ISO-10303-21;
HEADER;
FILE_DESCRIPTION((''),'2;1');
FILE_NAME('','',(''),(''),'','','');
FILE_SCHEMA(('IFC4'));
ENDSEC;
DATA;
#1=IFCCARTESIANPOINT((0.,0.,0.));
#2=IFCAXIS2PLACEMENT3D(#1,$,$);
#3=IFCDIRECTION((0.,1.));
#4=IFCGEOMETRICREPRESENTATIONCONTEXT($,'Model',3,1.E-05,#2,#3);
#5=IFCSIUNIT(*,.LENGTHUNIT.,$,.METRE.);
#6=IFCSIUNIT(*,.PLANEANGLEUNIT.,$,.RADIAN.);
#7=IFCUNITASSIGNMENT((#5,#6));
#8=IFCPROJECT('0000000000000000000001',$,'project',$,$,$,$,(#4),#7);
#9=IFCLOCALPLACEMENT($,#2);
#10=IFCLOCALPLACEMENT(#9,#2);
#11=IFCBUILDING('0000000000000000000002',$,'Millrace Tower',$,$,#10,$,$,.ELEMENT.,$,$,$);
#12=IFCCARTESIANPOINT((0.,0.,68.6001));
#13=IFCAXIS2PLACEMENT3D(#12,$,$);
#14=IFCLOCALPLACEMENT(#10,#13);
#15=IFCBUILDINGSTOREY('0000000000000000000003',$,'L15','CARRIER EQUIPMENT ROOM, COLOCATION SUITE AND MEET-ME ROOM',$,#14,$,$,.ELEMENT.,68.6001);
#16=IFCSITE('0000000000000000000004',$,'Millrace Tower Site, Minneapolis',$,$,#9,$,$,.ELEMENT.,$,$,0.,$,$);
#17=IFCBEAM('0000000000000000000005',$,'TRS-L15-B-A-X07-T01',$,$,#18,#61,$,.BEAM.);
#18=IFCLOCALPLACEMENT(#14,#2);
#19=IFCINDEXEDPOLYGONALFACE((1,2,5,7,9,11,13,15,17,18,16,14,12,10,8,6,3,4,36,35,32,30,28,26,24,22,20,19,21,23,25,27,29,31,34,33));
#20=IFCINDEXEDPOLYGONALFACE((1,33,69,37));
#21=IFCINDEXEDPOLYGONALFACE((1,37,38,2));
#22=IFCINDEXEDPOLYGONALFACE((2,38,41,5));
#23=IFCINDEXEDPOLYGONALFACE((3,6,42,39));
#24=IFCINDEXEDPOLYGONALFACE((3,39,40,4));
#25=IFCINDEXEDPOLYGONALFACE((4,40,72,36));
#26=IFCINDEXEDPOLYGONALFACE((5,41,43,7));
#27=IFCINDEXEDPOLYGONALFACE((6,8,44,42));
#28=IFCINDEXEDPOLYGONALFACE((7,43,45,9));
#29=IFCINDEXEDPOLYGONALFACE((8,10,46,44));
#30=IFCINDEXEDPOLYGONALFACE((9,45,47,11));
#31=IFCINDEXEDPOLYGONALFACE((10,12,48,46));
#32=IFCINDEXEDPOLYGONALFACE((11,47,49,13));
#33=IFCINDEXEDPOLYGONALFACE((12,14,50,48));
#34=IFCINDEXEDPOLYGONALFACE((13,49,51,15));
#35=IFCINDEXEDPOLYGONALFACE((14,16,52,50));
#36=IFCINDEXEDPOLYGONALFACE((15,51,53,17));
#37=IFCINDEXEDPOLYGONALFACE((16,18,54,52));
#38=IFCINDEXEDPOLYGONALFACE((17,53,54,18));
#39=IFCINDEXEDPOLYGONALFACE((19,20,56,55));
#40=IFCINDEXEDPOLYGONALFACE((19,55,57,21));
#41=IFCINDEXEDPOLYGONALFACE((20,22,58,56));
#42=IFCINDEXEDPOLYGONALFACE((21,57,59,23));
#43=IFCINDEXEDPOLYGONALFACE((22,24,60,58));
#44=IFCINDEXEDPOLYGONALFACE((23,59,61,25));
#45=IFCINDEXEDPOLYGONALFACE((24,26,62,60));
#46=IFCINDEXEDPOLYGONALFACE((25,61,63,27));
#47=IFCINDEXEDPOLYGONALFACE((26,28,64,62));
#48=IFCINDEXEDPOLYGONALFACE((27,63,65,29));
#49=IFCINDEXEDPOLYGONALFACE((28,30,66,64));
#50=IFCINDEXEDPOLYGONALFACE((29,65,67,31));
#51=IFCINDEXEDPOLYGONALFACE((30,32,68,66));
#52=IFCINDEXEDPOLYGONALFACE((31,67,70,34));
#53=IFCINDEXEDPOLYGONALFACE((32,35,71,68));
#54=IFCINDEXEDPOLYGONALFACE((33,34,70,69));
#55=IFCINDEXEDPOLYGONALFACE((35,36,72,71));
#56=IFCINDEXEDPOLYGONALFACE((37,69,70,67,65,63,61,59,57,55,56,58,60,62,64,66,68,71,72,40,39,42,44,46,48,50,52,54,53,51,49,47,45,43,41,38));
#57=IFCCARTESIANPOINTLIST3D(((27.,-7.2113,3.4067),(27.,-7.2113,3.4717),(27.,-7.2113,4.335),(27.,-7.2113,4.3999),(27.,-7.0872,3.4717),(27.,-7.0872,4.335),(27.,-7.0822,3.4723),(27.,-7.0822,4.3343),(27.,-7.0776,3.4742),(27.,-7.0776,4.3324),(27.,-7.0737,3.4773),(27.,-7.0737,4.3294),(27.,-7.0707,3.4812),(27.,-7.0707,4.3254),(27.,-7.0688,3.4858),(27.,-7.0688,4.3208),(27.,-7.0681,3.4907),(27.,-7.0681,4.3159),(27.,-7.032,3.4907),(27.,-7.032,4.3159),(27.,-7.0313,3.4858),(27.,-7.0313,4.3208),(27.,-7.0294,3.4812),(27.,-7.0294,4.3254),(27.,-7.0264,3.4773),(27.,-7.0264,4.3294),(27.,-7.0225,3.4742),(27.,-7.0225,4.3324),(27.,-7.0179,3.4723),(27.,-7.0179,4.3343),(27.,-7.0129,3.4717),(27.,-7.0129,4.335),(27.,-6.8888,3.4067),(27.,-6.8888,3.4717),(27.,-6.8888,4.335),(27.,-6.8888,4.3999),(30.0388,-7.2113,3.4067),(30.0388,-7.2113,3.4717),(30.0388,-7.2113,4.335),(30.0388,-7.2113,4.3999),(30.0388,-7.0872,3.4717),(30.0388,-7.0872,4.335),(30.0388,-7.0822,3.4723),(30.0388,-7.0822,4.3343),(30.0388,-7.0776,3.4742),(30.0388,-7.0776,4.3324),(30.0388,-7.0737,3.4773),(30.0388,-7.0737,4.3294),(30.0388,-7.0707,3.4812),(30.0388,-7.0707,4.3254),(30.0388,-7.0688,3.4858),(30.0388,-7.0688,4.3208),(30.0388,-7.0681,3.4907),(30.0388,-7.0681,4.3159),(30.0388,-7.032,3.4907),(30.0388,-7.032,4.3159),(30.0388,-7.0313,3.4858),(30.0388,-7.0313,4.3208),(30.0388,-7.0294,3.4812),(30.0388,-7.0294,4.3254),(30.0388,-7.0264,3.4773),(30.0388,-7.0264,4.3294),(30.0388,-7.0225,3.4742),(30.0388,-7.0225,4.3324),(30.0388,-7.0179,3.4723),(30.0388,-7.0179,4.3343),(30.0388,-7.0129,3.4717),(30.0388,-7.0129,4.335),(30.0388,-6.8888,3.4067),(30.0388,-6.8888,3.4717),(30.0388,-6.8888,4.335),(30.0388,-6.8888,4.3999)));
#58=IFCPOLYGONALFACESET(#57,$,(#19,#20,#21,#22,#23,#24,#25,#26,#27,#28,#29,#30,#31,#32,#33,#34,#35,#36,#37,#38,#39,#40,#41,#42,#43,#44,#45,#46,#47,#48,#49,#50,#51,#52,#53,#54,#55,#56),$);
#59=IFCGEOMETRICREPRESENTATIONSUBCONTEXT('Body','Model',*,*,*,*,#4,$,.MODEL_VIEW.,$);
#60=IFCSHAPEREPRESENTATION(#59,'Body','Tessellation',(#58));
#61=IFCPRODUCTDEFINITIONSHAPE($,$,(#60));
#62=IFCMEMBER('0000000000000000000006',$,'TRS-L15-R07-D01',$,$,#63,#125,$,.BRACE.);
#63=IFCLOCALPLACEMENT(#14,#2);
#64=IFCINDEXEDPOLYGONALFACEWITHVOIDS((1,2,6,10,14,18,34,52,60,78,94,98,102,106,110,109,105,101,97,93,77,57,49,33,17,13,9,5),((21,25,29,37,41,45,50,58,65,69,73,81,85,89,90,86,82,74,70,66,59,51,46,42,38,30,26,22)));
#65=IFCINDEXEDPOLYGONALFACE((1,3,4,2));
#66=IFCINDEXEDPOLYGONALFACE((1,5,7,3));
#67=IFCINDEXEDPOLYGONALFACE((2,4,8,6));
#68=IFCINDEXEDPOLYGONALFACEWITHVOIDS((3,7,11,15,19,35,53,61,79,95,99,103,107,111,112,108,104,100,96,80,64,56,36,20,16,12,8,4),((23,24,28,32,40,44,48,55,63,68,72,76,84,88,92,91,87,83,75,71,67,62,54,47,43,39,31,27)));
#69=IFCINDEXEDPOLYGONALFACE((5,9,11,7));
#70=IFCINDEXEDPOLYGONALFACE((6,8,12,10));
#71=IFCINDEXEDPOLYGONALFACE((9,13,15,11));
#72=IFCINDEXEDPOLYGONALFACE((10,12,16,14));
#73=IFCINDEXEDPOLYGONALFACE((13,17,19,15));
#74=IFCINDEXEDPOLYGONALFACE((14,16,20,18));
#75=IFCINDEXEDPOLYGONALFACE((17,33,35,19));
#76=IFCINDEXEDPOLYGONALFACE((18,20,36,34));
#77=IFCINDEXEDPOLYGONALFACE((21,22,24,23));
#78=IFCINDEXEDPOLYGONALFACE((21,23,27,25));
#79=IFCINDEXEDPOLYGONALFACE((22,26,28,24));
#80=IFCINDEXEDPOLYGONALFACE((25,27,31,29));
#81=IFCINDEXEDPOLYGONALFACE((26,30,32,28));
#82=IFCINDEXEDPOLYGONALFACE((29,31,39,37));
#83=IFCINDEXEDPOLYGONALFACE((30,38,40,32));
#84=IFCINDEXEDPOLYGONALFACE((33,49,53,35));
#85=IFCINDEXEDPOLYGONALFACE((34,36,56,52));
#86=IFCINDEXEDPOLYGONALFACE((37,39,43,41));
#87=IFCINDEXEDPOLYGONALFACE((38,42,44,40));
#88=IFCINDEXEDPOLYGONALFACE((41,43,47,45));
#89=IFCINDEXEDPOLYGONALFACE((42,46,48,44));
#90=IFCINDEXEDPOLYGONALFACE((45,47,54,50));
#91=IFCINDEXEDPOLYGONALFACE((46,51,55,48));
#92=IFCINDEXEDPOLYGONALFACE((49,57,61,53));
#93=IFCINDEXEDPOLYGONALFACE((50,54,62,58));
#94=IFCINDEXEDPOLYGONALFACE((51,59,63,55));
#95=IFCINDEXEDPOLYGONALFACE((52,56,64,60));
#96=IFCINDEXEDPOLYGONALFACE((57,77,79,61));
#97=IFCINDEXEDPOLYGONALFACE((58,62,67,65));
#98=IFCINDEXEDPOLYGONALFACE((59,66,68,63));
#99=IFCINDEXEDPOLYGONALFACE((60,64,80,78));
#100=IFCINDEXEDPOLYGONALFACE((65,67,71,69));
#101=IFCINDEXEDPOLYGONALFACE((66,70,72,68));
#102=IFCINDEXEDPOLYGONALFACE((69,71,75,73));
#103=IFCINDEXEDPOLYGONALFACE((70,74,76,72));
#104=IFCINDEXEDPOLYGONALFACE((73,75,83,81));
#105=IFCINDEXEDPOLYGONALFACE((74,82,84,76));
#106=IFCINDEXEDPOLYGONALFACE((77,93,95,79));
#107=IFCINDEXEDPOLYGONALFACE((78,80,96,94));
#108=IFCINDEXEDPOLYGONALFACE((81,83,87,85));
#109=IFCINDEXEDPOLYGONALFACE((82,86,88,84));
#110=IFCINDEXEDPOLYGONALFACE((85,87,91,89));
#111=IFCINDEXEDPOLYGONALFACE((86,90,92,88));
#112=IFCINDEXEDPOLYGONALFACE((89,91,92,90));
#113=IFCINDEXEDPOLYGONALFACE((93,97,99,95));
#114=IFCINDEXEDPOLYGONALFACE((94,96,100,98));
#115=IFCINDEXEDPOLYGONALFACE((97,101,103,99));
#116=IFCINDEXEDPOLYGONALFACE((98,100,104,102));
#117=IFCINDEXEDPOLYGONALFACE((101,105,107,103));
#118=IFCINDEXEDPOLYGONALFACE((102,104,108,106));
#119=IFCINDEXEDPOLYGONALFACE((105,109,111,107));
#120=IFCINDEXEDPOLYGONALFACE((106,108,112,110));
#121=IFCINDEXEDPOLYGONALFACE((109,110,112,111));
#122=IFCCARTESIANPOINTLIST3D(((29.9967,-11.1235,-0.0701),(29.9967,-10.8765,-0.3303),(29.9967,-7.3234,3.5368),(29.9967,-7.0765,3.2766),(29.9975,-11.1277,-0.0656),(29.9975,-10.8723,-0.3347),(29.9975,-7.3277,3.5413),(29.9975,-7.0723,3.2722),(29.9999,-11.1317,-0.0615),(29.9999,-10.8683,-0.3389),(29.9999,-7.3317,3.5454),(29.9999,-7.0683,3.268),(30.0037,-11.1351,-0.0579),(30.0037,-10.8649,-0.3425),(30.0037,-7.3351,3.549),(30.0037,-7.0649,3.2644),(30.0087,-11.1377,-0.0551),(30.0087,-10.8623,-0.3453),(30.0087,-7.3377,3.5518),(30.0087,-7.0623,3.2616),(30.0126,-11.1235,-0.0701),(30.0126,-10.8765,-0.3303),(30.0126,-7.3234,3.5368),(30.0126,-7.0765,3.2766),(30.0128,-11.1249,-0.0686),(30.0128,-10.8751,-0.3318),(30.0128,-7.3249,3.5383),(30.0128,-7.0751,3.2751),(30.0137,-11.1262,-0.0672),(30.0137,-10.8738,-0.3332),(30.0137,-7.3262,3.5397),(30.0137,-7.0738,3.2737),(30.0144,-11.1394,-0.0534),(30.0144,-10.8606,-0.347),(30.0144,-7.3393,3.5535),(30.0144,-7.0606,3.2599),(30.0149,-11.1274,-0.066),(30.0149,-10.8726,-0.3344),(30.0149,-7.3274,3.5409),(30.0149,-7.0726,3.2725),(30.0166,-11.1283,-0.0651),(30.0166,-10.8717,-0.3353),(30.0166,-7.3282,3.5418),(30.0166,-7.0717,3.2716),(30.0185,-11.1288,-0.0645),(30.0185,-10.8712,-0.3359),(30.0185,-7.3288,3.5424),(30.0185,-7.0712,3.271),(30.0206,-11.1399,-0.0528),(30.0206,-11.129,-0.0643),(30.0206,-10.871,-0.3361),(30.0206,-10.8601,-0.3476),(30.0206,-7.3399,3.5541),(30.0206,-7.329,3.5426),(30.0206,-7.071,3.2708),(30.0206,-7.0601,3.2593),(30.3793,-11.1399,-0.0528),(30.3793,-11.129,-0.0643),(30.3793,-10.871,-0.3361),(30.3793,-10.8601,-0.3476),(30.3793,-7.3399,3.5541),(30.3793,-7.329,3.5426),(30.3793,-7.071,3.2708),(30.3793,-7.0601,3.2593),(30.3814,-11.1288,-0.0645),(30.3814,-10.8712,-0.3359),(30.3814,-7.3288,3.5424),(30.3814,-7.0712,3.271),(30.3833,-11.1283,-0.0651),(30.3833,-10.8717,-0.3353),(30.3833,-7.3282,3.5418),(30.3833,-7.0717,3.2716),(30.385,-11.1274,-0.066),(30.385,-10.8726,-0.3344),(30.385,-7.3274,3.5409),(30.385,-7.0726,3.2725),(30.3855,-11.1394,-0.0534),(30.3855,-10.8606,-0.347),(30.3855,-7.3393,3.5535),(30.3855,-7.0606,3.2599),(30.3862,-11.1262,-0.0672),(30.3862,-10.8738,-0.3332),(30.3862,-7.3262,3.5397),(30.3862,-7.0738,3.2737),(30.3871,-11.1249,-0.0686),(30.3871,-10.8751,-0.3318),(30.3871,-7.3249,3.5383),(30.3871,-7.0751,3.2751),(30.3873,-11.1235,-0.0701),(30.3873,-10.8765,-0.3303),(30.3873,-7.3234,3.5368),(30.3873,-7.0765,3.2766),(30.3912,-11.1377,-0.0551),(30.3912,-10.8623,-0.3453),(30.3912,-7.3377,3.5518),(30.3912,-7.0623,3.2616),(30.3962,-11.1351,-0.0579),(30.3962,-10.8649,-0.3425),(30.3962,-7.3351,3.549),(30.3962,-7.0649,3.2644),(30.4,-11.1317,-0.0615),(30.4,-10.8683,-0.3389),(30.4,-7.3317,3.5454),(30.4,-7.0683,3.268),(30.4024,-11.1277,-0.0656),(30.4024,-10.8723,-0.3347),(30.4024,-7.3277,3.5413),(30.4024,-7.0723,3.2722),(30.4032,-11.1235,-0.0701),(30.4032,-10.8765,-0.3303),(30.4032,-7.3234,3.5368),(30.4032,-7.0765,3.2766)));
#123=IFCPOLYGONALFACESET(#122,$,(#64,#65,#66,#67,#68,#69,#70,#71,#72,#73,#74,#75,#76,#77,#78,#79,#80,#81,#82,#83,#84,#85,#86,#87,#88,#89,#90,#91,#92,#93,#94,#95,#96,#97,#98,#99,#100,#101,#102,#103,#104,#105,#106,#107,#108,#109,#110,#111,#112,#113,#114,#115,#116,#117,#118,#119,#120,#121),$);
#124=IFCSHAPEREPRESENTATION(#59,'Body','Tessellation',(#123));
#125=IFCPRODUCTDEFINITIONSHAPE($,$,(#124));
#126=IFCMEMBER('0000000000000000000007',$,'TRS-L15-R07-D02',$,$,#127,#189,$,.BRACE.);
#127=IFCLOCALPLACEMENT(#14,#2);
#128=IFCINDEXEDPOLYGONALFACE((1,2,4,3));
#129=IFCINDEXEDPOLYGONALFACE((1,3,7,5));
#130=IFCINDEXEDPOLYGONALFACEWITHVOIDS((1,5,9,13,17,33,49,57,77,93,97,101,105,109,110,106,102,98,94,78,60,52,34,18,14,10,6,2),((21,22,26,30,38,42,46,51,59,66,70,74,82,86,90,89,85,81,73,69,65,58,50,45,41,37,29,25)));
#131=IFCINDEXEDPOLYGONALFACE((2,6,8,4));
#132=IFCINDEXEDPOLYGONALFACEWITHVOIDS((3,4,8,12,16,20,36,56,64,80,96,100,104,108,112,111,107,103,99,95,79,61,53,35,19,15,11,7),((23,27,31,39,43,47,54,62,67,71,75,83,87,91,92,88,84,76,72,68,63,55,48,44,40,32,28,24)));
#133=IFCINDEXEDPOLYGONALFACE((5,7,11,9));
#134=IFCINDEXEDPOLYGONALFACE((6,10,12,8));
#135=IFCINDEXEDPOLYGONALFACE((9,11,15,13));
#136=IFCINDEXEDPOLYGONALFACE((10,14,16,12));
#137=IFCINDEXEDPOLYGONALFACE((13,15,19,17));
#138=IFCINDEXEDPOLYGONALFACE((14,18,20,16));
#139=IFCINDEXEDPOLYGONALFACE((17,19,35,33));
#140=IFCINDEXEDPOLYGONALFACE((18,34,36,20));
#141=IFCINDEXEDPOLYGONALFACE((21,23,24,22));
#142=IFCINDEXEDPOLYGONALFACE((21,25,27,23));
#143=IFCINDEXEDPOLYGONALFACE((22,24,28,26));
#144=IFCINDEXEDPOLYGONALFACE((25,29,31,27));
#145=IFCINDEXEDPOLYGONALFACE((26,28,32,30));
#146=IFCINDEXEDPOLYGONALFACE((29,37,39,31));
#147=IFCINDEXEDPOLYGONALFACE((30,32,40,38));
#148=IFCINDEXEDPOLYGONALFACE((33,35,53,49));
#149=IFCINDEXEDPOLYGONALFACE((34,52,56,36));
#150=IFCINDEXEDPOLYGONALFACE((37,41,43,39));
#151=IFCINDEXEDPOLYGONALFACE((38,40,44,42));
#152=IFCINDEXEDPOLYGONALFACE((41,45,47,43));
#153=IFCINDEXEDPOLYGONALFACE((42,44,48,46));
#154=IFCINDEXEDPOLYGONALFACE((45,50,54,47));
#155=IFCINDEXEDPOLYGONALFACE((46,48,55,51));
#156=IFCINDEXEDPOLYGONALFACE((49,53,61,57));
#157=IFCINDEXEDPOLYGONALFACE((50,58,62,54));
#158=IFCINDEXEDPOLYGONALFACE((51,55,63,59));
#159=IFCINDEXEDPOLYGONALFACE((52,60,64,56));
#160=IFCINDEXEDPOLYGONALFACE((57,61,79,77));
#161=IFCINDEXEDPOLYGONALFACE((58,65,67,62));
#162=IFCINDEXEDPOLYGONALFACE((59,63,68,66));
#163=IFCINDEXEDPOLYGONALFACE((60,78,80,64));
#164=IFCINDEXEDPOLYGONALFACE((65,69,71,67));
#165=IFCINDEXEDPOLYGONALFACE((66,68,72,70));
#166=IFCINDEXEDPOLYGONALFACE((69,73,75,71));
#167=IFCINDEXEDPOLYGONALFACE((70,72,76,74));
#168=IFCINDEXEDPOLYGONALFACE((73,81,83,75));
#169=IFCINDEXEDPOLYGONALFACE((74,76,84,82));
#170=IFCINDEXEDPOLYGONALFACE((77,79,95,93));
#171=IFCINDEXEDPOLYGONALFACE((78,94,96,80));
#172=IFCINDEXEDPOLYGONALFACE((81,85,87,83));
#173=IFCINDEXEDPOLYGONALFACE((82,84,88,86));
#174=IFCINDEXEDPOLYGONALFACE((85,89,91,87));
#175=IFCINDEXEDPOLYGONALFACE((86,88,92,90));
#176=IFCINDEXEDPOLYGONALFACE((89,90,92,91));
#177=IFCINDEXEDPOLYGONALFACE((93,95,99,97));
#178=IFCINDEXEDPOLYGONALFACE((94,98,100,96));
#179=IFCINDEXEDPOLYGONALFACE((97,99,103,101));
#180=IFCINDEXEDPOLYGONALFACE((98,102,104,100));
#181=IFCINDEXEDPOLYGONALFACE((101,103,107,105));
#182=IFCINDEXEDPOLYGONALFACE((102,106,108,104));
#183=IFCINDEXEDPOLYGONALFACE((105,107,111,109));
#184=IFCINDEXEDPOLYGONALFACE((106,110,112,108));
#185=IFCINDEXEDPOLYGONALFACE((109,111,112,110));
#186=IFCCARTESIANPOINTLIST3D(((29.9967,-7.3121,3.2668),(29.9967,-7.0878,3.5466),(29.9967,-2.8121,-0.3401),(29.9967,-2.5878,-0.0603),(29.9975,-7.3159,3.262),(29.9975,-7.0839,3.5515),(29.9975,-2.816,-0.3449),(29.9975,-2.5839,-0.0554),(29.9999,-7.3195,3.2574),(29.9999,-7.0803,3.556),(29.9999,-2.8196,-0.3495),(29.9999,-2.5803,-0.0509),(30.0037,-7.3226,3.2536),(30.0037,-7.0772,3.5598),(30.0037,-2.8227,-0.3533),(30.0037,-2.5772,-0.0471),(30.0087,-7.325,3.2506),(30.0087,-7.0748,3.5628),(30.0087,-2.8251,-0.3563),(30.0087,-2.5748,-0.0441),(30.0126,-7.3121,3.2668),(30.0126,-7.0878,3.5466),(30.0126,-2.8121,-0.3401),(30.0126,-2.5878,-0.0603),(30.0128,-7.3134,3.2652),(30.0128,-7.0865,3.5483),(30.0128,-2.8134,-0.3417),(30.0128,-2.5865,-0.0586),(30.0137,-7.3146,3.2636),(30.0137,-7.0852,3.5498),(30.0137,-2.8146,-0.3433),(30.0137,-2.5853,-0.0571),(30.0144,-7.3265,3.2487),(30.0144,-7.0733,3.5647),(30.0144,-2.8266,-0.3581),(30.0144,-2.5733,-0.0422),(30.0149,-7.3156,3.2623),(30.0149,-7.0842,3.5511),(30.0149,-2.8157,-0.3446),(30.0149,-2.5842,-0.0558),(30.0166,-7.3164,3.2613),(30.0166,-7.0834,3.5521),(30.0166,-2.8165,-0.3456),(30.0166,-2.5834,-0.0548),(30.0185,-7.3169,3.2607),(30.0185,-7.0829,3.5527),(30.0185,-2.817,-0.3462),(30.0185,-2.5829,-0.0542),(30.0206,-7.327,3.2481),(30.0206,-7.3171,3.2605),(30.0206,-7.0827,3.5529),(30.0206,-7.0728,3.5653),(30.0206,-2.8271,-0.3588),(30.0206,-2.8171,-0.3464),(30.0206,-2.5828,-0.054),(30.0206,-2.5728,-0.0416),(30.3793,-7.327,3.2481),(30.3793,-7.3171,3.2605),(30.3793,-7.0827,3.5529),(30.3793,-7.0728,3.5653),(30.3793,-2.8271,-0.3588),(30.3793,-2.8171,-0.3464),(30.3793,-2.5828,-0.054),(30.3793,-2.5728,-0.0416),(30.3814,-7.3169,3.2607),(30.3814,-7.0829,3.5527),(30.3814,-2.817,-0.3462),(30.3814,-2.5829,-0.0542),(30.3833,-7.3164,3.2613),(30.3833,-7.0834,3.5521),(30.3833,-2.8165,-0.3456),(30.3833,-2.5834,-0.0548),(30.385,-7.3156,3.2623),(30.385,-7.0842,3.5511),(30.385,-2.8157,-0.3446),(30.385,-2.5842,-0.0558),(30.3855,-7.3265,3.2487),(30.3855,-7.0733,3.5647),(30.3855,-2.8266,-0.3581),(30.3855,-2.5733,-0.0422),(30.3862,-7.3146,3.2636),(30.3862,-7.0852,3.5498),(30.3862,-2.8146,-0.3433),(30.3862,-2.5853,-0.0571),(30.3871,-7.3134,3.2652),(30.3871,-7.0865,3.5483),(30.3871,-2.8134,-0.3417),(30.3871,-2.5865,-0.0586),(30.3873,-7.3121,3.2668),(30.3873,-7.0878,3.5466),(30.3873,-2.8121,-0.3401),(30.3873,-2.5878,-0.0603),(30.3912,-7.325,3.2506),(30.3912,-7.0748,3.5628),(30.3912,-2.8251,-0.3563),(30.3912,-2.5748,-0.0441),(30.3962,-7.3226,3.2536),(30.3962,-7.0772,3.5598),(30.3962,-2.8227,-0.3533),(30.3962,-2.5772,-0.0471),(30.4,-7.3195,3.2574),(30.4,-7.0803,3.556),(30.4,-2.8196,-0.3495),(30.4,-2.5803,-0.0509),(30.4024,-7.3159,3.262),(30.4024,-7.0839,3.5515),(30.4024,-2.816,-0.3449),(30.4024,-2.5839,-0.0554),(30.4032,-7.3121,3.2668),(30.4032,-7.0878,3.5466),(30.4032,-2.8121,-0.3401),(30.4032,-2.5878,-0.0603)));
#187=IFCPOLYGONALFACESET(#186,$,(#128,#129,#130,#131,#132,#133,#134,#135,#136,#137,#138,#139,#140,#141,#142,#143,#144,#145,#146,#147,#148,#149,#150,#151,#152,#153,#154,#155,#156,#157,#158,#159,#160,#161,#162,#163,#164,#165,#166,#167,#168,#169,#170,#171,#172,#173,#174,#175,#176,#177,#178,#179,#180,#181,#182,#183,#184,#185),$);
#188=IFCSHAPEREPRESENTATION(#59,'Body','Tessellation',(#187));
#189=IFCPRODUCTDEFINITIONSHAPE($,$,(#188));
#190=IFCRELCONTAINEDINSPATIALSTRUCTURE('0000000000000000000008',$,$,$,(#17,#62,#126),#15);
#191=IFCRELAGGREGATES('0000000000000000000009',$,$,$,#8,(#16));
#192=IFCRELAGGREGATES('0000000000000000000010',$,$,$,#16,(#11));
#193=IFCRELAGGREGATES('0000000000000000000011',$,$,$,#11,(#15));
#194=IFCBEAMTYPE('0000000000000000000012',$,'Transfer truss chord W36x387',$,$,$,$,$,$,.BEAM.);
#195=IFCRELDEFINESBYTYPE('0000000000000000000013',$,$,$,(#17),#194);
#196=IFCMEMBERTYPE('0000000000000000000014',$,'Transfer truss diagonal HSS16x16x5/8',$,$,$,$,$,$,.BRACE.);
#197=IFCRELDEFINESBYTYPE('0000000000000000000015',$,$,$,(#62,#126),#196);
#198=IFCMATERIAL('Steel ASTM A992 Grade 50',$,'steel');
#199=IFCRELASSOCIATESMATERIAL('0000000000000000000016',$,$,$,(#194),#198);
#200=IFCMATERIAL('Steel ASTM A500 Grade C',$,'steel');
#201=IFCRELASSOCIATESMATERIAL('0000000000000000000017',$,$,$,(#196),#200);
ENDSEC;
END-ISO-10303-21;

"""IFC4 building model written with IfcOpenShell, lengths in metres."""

from ifc_helpers import new_model, si_unit, direction, frame, origin, origin_2d, place, context, subcontext, project, spatial, hollow_rectangle, i_section, extrude, material, material_profile, profile_set, type_object, element, save


model = new_model("IFC4")

# Units and contexts
model_context = context("Model", 3, precision=1e-05, world=origin(), true_north=direction((0.0, 1.0)))
body_context = subcontext(model_context, "Body", "Model", "MODEL_VIEW")
ifc_project = project(units=[si_unit("LENGTHUNIT", "METRE"), si_unit("PLANEANGLEUNIT", "RADIAN")], contexts=[model_context])

# Site, building, storey
site_placement = place(None, origin())
site = spatial("IfcSite", under=ifc_project, at=site_placement, Name="Millrace Tower Site, Minneapolis", CompositionType="ELEMENT", RefElevation=0.0)
building_placement = place(site_placement, origin())
building = spatial("IfcBuilding", under=site, at=building_placement, Name="Millrace Tower", CompositionType="ELEMENT")
storey_placement = place(building_placement, frame((0.0, 0.0, 68.6001)))
storey = spatial("IfcBuildingStorey", under=building, at=storey_placement, Name="L15", Description="CARRIER EQUIPMENT ROOM, COLOCATION SUITE AND MEET-ME ROOM", CompositionType="ELEMENT", Elevation=68.6001)

# Beam
ifc_material_1 = material(Name="Steel ASTM A992 Grade 50", Category="steel")
ifc_material_profile_1 = material_profile(ifc_material_1, i_section(OverallWidth=0.3225, OverallDepth=0.9932, WebThickness=0.0361, FlangeThickness=0.0649, FilletRadius=0.019, at=origin_2d()))
ifc_profile_set_1 = profile_set([ifc_material_profile_1], Name="Steel ASTM A992 Grade 50")
beam_type_1 = type_object("IfcBeamType", Name="Transfer truss chord W36x387", PredefinedType="BEAM", material=ifc_profile_set_1)
for number, where, z_axis, x_axis, name in (
    (1, (27.0, -7.05, 3.9033), (1.0, 0.0, 0.0), (0.0, 1.0, 0.0), "TRS-L15-B-A-X07-T01"),
):
    element("IfcBeam", number, at=place(storey_placement, frame(where, z_axis=z_axis, x_axis=x_axis)), inside=storey, type_object=beam_type_1, Name=name, PredefinedType="BEAM", context=body_context, shape_type="SweptSolid", body=[
        extrude(i_section(OverallWidth=0.3225, OverallDepth=0.9932, WebThickness=0.0361, FlangeThickness=0.0649, FilletRadius=0.019, at=origin_2d()), origin(), (0.0, 0.0, 1.0), 3.0388),
    ])

# Members
ifc_material_2 = material(Name="Steel ASTM A500 Grade C", Category="steel")
ifc_material_profile_2 = material_profile(ifc_material_2, hollow_rectangle(XDim=0.4065, YDim=0.4065, WallThickness=0.0159, InnerFilletRadius=0.0081, OuterFilletRadius=0.0239, at=origin_2d()))
ifc_profile_set_2 = profile_set([ifc_material_profile_2], Name="Steel ASTM A500 Grade C")
member_type_1 = type_object("IfcMemberType", Name="Transfer truss diagonal HSS16x16x5/8", PredefinedType="BRACE", material=ifc_profile_set_2)
member_1_placement = place(storey_placement, frame((30.2, -11.0, -0.2002), z_axis=(0.0, 0.725296, 0.688437), x_axis=(-1.0, 0.0, 0.0)))
element("IfcMember", 2, at=member_1_placement, inside=storey, type_object=member_type_1, Name="TRS-L15-R07-D01", PredefinedType="BRACE", context=body_context, shape_type="SweptSolid", body=[
    extrude(hollow_rectangle(XDim=0.4065, YDim=0.4065, WallThickness=0.0159, InnerFilletRadius=0.0081, OuterFilletRadius=0.0239, at=origin_2d()), origin(), (0.0, 0.0, 1.0), 5.2393),
])
member_2_placement = place(storey_placement, frame((30.2, -2.7, -0.2002), z_axis=(0.0, -0.780282, 0.625428), x_axis=(1.0, 0.0, 0.0)))
element("IfcMember", 3, at=member_2_placement, inside=storey, type_object=member_type_1, Name="TRS-L15-R07-D02", PredefinedType="BRACE", context=body_context, shape_type="SweptSolid", body=[
    extrude(hollow_rectangle(XDim=0.4065, YDim=0.4065, WallThickness=0.0159, InnerFilletRadius=0.0081, OuterFilletRadius=0.0239, at=origin_2d()), origin(), (0.0, 0.0, 1.0), 5.7671),
])

save(model, "model.ifc")
